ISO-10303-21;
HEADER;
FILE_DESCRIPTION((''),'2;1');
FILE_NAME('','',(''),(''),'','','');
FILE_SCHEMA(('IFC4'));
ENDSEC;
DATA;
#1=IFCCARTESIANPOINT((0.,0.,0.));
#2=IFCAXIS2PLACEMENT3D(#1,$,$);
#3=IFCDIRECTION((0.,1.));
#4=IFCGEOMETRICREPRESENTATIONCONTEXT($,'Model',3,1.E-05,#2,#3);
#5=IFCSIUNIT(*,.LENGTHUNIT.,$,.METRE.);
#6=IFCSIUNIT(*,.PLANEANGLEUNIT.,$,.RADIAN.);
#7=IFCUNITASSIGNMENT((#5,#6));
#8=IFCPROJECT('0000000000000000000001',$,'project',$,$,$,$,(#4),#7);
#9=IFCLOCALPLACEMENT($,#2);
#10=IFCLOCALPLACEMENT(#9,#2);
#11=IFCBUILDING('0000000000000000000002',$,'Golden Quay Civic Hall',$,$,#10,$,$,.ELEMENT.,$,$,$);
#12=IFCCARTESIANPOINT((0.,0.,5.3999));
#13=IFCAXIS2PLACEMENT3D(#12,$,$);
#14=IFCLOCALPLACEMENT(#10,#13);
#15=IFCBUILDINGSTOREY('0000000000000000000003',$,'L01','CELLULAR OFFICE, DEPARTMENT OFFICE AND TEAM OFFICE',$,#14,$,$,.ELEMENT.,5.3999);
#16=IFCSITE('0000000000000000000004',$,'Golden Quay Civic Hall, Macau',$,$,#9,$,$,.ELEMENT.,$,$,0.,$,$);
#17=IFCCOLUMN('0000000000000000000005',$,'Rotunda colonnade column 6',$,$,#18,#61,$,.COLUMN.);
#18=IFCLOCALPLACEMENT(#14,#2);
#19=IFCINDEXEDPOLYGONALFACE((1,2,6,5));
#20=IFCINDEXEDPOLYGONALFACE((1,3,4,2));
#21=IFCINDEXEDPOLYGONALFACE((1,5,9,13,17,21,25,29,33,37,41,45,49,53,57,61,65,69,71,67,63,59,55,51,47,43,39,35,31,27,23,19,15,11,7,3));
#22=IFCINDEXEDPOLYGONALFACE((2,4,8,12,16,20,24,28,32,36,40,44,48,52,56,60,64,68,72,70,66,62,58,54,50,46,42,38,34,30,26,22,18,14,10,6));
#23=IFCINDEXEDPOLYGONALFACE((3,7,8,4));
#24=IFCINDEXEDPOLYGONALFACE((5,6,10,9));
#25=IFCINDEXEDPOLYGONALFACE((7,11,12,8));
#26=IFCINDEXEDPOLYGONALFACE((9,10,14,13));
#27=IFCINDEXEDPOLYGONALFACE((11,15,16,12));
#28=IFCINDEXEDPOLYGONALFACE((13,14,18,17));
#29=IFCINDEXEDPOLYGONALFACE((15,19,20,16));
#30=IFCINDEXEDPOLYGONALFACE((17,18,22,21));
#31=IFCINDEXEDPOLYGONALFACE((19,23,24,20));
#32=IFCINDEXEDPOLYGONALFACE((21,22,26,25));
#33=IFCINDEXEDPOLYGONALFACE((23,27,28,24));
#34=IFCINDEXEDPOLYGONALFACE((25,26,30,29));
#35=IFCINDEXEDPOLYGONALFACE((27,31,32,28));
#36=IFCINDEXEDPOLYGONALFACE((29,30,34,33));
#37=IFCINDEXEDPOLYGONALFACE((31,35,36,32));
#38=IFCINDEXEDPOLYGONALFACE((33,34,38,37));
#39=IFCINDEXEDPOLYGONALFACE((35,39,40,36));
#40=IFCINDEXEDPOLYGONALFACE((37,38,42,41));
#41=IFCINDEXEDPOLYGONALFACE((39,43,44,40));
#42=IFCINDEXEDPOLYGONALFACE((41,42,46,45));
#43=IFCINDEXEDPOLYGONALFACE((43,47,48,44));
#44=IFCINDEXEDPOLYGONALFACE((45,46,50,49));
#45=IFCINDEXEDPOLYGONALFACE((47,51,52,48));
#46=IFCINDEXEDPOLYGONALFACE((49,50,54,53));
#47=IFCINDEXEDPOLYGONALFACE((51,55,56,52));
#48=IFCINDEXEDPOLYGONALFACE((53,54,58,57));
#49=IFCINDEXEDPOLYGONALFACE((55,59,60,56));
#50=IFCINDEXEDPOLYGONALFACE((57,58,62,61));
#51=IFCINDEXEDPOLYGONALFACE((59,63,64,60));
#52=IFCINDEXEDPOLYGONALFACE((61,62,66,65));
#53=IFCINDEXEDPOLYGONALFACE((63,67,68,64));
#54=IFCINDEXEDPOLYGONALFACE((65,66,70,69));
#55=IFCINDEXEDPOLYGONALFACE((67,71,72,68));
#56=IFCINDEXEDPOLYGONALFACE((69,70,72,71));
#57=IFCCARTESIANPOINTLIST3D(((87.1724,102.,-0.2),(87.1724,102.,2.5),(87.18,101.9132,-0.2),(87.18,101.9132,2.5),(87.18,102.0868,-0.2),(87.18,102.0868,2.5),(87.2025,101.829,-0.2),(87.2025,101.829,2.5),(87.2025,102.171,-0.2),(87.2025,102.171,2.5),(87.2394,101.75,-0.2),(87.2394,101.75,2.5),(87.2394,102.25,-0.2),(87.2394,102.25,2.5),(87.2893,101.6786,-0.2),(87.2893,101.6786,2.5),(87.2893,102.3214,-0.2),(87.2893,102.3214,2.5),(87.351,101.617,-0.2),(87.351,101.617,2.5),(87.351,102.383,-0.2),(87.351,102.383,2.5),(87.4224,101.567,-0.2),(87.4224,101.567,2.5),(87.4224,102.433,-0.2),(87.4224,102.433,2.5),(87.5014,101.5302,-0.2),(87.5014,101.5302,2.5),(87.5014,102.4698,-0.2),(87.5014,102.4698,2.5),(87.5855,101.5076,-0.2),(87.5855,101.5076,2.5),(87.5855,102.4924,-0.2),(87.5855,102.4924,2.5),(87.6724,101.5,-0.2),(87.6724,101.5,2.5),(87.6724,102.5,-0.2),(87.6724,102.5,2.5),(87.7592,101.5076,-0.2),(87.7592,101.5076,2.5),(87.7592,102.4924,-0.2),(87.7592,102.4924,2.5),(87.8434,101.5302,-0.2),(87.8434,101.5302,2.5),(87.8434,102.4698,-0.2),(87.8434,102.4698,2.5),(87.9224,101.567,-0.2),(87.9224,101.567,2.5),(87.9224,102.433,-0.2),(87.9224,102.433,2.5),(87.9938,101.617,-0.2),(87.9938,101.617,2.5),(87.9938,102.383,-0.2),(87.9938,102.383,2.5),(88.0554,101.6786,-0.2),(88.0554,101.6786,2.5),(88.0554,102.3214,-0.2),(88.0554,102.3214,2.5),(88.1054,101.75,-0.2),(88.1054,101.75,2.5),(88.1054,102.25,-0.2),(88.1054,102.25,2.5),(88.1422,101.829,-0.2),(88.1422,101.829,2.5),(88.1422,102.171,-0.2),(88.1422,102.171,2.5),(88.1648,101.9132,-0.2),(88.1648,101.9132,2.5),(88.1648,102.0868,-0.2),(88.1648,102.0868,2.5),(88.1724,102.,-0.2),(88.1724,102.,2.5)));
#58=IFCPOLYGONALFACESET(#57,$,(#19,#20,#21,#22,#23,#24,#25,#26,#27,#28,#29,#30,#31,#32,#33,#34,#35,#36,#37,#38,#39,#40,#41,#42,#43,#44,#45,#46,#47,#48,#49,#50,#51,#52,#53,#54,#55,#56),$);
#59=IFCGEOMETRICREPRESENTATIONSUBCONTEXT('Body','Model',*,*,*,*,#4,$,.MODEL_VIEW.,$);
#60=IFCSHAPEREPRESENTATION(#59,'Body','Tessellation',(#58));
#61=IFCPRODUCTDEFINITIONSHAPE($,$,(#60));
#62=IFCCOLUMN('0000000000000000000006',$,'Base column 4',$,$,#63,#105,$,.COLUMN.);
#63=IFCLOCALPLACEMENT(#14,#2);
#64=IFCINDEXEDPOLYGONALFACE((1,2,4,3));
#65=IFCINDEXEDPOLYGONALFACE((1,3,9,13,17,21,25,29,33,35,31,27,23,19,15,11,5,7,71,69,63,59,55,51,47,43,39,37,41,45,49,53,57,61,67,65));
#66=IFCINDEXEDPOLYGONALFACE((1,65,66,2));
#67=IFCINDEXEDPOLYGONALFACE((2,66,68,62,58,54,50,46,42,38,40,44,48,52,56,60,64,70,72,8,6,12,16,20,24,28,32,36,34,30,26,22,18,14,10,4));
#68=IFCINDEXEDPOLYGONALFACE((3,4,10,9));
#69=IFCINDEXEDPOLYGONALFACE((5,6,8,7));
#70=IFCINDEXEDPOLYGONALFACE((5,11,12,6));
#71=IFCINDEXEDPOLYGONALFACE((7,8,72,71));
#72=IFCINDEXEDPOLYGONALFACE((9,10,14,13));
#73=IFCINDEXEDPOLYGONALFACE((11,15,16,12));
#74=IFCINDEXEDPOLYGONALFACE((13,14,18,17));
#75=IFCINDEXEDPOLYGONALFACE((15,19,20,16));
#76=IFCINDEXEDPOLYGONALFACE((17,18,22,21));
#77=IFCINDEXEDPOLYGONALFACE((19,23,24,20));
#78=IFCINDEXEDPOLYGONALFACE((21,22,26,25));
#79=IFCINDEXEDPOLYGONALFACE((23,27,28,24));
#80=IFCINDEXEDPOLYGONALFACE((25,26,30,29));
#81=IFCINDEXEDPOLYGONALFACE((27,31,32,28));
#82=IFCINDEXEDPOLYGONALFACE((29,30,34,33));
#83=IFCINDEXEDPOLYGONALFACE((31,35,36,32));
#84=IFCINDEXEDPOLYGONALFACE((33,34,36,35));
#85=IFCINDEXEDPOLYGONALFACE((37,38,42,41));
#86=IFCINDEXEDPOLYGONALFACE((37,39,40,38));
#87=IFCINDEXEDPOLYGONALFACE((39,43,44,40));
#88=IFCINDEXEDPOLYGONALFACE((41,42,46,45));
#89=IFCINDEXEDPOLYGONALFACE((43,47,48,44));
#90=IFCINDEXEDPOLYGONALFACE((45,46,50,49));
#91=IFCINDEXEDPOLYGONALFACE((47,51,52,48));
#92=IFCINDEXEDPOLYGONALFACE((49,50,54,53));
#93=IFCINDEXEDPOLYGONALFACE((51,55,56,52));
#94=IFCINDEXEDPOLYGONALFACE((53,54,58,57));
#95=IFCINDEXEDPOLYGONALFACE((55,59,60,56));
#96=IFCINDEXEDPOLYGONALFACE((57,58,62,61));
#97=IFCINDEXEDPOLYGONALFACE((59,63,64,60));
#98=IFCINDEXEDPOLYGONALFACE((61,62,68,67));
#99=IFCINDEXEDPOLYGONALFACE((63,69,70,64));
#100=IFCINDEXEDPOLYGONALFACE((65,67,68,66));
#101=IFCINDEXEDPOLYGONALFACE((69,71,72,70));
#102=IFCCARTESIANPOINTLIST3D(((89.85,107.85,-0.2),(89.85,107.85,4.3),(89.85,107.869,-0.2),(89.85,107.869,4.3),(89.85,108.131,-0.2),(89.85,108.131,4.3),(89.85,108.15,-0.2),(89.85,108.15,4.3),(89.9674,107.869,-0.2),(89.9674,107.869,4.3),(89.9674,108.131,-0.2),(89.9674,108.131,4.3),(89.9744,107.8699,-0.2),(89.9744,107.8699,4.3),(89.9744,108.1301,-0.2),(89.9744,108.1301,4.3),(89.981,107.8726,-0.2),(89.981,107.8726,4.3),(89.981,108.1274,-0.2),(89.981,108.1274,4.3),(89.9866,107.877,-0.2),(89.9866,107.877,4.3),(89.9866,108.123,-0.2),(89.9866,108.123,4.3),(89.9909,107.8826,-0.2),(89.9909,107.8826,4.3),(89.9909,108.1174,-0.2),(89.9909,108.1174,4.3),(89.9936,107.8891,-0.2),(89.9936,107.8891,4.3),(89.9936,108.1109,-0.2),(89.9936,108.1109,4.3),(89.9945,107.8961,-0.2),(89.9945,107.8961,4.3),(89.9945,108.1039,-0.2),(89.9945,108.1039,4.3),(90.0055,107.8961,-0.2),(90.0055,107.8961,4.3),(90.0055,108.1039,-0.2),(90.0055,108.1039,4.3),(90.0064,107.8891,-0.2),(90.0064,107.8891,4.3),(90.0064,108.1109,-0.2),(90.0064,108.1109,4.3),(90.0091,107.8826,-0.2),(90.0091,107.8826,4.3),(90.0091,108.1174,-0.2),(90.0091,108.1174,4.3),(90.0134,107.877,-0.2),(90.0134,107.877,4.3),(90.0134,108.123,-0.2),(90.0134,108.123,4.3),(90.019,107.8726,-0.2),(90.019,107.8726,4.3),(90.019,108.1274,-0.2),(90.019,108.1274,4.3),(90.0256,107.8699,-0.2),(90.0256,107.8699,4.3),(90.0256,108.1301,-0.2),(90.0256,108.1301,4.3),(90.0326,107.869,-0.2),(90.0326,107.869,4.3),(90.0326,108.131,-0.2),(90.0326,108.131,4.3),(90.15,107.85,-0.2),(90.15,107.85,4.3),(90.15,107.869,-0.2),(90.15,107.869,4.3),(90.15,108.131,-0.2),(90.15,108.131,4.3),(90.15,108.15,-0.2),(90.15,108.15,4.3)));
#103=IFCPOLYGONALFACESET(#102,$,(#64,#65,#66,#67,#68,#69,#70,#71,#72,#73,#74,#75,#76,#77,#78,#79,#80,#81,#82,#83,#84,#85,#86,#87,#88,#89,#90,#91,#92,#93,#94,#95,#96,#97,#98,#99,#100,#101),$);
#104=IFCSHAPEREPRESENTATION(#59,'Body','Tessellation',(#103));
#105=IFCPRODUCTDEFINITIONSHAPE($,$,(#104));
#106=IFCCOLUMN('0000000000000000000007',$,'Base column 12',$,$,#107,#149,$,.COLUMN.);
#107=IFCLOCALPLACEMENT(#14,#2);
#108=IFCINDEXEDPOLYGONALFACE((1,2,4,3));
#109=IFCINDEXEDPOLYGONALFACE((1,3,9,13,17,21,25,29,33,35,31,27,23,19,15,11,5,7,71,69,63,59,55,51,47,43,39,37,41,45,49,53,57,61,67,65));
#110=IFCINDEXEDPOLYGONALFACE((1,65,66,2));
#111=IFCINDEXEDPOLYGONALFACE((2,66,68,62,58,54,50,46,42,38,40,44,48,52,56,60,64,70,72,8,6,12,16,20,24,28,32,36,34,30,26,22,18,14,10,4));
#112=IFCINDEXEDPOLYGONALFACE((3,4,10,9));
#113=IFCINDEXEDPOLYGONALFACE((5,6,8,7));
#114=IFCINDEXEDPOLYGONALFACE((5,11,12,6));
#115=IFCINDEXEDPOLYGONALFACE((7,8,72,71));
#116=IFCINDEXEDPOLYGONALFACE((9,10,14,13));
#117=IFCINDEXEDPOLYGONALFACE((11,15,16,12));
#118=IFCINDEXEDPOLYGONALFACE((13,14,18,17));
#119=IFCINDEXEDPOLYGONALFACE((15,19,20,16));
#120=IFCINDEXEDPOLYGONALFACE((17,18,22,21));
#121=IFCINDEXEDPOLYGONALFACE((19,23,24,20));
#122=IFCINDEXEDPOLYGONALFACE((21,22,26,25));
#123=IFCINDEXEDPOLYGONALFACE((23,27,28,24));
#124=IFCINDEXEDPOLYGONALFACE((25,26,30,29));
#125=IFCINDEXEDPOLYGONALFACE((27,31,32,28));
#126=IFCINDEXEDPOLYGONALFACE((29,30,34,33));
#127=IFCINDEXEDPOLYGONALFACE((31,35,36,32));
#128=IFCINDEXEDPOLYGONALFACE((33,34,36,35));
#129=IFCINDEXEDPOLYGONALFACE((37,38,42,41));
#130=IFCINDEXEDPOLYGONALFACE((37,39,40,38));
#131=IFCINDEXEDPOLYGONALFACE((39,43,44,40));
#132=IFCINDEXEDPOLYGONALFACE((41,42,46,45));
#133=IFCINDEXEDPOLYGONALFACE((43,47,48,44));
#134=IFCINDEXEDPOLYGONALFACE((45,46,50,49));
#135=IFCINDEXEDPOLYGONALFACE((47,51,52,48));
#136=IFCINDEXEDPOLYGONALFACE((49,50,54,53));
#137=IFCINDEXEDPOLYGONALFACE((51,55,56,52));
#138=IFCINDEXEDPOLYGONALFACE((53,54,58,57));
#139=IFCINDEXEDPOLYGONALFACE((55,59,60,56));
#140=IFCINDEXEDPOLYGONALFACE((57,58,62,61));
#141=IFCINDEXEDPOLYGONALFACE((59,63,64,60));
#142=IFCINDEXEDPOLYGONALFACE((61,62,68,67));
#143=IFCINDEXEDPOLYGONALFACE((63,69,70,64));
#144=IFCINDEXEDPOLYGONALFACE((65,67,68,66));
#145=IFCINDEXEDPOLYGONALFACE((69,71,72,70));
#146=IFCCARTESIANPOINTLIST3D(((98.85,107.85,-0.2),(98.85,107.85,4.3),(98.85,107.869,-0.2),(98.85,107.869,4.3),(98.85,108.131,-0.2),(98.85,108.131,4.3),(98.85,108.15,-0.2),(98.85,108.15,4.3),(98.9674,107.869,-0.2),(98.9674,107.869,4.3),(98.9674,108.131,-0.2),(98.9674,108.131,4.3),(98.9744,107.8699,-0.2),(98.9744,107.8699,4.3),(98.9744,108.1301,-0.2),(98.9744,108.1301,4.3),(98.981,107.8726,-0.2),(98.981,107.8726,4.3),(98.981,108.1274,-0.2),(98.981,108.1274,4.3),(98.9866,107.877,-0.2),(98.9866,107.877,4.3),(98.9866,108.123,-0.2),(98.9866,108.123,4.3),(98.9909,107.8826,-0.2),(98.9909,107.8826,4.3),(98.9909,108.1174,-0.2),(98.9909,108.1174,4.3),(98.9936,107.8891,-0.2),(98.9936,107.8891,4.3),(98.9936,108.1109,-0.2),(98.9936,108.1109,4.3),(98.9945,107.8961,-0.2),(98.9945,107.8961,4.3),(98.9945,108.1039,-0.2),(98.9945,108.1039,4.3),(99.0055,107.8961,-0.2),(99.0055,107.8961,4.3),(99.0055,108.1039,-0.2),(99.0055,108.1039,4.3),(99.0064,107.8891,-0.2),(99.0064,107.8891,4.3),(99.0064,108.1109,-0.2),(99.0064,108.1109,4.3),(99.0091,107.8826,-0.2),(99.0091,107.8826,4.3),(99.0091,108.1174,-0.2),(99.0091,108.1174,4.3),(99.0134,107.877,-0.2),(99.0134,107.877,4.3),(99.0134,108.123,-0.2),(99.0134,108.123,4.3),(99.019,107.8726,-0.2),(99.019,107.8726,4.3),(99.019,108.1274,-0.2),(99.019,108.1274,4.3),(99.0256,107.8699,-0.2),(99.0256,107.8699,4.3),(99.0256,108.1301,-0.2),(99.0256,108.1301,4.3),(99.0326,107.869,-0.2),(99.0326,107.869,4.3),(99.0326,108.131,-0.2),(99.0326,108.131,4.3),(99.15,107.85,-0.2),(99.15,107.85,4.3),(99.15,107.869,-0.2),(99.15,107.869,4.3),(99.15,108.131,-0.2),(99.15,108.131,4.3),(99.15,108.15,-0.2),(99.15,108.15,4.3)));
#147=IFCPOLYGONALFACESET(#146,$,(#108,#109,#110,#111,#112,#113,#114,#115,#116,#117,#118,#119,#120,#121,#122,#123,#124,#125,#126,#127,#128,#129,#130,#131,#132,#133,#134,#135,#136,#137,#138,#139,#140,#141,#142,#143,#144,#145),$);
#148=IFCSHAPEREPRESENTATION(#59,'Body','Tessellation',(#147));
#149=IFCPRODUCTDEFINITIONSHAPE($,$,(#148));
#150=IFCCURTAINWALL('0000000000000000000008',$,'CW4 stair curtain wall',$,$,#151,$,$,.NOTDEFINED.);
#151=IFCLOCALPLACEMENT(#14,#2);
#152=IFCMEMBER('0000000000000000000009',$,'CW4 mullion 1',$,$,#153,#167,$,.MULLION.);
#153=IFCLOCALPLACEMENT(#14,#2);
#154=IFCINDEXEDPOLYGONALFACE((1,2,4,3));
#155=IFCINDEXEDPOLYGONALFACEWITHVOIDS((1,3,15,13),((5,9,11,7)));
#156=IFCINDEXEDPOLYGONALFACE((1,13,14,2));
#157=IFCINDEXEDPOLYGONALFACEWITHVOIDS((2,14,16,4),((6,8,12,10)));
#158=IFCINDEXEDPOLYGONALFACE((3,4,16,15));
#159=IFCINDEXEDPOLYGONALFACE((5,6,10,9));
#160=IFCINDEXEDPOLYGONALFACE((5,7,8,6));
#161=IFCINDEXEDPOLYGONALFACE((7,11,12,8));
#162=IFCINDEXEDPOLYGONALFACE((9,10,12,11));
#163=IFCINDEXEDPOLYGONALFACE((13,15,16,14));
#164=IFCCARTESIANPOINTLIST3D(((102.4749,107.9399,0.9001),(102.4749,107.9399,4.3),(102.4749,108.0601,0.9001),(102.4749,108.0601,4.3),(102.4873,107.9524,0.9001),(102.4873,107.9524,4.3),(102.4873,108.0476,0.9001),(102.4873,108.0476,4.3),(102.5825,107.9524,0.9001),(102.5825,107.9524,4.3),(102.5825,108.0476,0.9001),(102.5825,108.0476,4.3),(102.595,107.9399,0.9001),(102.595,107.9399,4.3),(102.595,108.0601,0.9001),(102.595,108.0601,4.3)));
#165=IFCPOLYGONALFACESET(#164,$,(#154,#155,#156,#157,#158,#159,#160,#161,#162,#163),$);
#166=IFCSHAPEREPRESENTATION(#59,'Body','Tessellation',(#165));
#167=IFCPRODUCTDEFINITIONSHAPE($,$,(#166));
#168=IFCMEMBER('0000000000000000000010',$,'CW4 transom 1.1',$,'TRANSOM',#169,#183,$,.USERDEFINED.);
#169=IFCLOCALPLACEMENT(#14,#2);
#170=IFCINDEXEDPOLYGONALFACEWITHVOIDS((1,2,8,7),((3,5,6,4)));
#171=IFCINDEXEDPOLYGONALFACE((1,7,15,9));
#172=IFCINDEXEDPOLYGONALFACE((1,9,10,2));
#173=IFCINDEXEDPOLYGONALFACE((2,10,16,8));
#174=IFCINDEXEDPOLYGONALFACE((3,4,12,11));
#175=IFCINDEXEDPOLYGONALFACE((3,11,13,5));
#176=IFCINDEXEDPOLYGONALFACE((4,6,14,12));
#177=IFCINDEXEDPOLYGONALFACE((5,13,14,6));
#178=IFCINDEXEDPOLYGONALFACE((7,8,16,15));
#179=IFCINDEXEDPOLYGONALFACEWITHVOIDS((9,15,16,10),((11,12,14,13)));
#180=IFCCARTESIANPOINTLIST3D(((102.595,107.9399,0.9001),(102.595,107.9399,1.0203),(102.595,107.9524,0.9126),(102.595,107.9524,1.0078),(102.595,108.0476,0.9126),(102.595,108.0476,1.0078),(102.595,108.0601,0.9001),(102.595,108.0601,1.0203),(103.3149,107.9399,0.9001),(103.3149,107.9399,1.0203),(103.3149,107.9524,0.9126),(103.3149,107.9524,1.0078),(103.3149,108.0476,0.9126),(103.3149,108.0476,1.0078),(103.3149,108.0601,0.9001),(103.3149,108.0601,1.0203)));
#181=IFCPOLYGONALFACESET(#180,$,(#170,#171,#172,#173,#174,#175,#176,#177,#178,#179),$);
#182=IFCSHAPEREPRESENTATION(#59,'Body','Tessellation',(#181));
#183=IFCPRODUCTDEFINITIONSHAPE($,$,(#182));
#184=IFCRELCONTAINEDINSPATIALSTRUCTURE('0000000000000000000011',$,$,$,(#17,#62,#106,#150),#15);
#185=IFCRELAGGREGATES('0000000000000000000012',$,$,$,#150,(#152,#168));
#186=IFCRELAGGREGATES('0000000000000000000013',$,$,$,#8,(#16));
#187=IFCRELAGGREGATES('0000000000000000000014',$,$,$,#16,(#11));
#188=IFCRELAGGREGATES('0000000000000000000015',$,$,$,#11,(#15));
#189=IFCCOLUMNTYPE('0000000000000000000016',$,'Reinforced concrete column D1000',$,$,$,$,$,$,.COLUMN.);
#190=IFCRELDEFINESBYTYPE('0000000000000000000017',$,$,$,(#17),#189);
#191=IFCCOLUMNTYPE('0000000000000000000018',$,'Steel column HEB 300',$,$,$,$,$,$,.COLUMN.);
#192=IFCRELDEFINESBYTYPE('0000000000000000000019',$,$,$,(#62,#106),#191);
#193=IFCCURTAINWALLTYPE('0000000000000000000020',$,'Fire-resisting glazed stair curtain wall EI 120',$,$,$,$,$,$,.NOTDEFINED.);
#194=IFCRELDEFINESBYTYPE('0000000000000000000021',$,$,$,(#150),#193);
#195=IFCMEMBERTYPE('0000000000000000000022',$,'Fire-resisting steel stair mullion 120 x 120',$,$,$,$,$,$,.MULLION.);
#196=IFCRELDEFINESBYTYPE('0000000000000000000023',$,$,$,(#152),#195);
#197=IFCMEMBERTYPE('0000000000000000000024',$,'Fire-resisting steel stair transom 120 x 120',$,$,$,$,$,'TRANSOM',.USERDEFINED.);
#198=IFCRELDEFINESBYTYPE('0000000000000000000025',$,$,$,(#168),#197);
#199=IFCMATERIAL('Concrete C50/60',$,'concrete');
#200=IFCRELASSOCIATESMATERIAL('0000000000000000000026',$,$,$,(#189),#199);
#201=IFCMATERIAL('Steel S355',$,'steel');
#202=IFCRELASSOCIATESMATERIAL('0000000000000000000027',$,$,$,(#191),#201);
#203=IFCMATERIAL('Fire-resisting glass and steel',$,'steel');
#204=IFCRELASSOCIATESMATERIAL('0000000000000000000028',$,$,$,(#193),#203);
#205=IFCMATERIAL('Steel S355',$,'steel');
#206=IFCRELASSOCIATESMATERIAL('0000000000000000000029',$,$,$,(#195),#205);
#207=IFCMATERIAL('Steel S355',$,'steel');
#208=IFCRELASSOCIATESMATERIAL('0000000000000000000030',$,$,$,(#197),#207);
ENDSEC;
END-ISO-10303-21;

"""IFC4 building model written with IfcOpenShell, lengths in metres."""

from ifc_helpers import new_model, si_unit, direction, frame, origin, origin_2d, place, context, subcontext, project, spatial, hollow_rectangle, circle, i_section, extrude, material, material_profile, profile_set, type_object, element, aggregate, save


model = new_model("IFC4")

# Units and contexts
model_context = context("Model", 3, precision=1e-05, world=origin(), true_north=direction((0.0, 1.0)))
body_context = subcontext(model_context, "Body", "Model", "MODEL_VIEW")
ifc_project = project(units=[si_unit("LENGTHUNIT", "METRE"), si_unit("PLANEANGLEUNIT", "RADIAN")], contexts=[model_context])

# Site, building, storey
site_placement = place(None, origin())
site = spatial("IfcSite", under=ifc_project, at=site_placement, Name="Golden Quay Civic Hall, Macau", CompositionType="ELEMENT", RefElevation=0.0)
building_placement = place(site_placement, origin())
building = spatial("IfcBuilding", under=site, at=building_placement, Name="Golden Quay Civic Hall", CompositionType="ELEMENT")
storey_placement = place(building_placement, frame((0.0, 0.0, 5.3999)))
storey = spatial("IfcBuildingStorey", under=building, at=storey_placement, Name="L01", Description="CELLULAR OFFICE, DEPARTMENT OFFICE AND TEAM OFFICE", CompositionType="ELEMENT", Elevation=5.3999)

# Columns
ifc_material_1 = material(Name="Concrete C50/60", Category="concrete")
ifc_material_profile_1 = material_profile(ifc_material_1, circle(Radius=0.5, at=origin_2d()), Name="RC D1000")
ifc_profile_set_1 = profile_set([ifc_material_profile_1], Name="Concrete C50/60")
column_type_1 = type_object("IfcColumnType", Name="Reinforced concrete column D1000", PredefinedType="COLUMN", material=ifc_profile_set_1)
column_placement = place(storey_placement, frame((87.6724, 102.0, -0.2), z_axis=(0.0, 0.0, 1.0), x_axis=(1.0, 0.0, 0.0)))
element("IfcColumn", 1, at=column_placement, inside=storey, type_object=column_type_1, Name="Rotunda colonnade column 6", PredefinedType="COLUMN", context=body_context, shape_type="SweptSolid", body=[
    extrude(circle(Radius=0.5, at=origin_2d()), origin(), (0.0, 0.0, 1.0), 2.7),
])
ifc_material_2 = material(Name="Steel S355", Category="steel")
ifc_material_profile_2 = material_profile(ifc_material_2, i_section(OverallWidth=0.3, OverallDepth=0.3, WebThickness=0.011, FlangeThickness=0.019, FilletRadius=0.0271, at=origin_2d()), Name="HEB 300")
ifc_profile_set_2 = profile_set([ifc_material_profile_2], Name="Steel S355")
column_type_2 = type_object("IfcColumnType", Name="Steel column HEB 300", PredefinedType="COLUMN", material=ifc_profile_set_2)
for number, where, z_axis, x_axis, name in (
    (2, (90.0, 108.0, -0.2), (0.0, 0.0, 1.0), (1.0, 0.0, 0.0), "Base column 4"),
    (3, (99.0, 108.0, -0.2), (0.0, 0.0, 1.0), (1.0, 0.0, 0.0), "Base column 12"),
):
    element("IfcColumn", number, at=place(storey_placement, frame(where, z_axis=z_axis, x_axis=x_axis)), inside=storey, type_object=column_type_2, Name=name, PredefinedType="COLUMN", context=body_context, shape_type="SweptSolid", body=[
        extrude(i_section(OverallWidth=0.3, OverallDepth=0.3, WebThickness=0.011, FlangeThickness=0.019, FilletRadius=0.0271, at=origin_2d()), origin(), (0.0, 0.0, 1.0), 4.5),
    ])

# Curtain wall, members
ifc_material_3 = material(Name="Fire-resisting glass and steel", Category="steel")
curtain_wall_type = type_object("IfcCurtainWallType", Name="Fire-resisting glazed stair curtain wall EI 120", PredefinedType="NOTDEFINED", material=ifc_material_3)
curtain_wall_placement = place(storey_placement, origin())
curtain_wall = element("IfcCurtainWall", 4, at=curtain_wall_placement, inside=storey, type_object=curtain_wall_type, Name="CW4 stair curtain wall", PredefinedType="NOTDEFINED")
ifc_material_4 = material(Name="Steel S355", Category="steel")
ifc_material_profile_3 = material_profile(ifc_material_4, hollow_rectangle(XDim=0.1201, YDim=0.1201, WallThickness=0.0125, at=origin_2d()), Name="SHS 120x120x12.5")
ifc_profile_set_3 = profile_set([ifc_material_profile_3], Name="Steel S355")
member_type_1 = type_object("IfcMemberType", Name="Fire-resisting steel stair mullion 120 x 120", PredefinedType="MULLION", material=ifc_profile_set_3)
member_1_placement = place(storey_placement, frame((102.5349, 108.0, 0.9001), z_axis=(0.0, 0.0, 1.0), x_axis=(0.0, 1.0, 0.0)))
member_1 = element("IfcMember", 5, at=member_1_placement, type_object=member_type_1, Name="CW4 mullion 1", PredefinedType="MULLION", context=body_context, shape_type="SweptSolid", body=[
    extrude(hollow_rectangle(XDim=0.1201, YDim=0.1201, WallThickness=0.0125, at=origin_2d()), origin(), (0.0, 0.0, 1.0), 3.3999),
])
ifc_material_5 = material(Name="Steel S355", Category="steel")
ifc_material_profile_4 = material_profile(ifc_material_5, hollow_rectangle(XDim=0.1201, YDim=0.1201, WallThickness=0.0125, at=origin_2d()), Name="SHS 120x120x12.5")
ifc_profile_set_4 = profile_set([ifc_material_profile_4], Name="Steel S355")
member_type_2 = type_object("IfcMemberType", Name="Fire-resisting steel stair transom 120 x 120", ElementType="TRANSOM", PredefinedType="USERDEFINED", material=ifc_profile_set_4)
member_2_placement = place(storey_placement, frame((102.595, 108.0, 0.9602), z_axis=(1.0, 0.0, 0.0), x_axis=(0.0, 1.0, 0.0)))
member_2 = element("IfcMember", 6, at=member_2_placement, type_object=member_type_2, Name="CW4 transom 1.1", ObjectType="TRANSOM", PredefinedType="USERDEFINED", context=body_context, shape_type="SweptSolid", body=[
    extrude(hollow_rectangle(XDim=0.1201, YDim=0.1201, WallThickness=0.0125, at=origin_2d()), origin(), (0.0, 0.0, 1.0), 0.72),
])
aggregate(curtain_wall, [member_1, member_2])

save(model, "model.ifc")
